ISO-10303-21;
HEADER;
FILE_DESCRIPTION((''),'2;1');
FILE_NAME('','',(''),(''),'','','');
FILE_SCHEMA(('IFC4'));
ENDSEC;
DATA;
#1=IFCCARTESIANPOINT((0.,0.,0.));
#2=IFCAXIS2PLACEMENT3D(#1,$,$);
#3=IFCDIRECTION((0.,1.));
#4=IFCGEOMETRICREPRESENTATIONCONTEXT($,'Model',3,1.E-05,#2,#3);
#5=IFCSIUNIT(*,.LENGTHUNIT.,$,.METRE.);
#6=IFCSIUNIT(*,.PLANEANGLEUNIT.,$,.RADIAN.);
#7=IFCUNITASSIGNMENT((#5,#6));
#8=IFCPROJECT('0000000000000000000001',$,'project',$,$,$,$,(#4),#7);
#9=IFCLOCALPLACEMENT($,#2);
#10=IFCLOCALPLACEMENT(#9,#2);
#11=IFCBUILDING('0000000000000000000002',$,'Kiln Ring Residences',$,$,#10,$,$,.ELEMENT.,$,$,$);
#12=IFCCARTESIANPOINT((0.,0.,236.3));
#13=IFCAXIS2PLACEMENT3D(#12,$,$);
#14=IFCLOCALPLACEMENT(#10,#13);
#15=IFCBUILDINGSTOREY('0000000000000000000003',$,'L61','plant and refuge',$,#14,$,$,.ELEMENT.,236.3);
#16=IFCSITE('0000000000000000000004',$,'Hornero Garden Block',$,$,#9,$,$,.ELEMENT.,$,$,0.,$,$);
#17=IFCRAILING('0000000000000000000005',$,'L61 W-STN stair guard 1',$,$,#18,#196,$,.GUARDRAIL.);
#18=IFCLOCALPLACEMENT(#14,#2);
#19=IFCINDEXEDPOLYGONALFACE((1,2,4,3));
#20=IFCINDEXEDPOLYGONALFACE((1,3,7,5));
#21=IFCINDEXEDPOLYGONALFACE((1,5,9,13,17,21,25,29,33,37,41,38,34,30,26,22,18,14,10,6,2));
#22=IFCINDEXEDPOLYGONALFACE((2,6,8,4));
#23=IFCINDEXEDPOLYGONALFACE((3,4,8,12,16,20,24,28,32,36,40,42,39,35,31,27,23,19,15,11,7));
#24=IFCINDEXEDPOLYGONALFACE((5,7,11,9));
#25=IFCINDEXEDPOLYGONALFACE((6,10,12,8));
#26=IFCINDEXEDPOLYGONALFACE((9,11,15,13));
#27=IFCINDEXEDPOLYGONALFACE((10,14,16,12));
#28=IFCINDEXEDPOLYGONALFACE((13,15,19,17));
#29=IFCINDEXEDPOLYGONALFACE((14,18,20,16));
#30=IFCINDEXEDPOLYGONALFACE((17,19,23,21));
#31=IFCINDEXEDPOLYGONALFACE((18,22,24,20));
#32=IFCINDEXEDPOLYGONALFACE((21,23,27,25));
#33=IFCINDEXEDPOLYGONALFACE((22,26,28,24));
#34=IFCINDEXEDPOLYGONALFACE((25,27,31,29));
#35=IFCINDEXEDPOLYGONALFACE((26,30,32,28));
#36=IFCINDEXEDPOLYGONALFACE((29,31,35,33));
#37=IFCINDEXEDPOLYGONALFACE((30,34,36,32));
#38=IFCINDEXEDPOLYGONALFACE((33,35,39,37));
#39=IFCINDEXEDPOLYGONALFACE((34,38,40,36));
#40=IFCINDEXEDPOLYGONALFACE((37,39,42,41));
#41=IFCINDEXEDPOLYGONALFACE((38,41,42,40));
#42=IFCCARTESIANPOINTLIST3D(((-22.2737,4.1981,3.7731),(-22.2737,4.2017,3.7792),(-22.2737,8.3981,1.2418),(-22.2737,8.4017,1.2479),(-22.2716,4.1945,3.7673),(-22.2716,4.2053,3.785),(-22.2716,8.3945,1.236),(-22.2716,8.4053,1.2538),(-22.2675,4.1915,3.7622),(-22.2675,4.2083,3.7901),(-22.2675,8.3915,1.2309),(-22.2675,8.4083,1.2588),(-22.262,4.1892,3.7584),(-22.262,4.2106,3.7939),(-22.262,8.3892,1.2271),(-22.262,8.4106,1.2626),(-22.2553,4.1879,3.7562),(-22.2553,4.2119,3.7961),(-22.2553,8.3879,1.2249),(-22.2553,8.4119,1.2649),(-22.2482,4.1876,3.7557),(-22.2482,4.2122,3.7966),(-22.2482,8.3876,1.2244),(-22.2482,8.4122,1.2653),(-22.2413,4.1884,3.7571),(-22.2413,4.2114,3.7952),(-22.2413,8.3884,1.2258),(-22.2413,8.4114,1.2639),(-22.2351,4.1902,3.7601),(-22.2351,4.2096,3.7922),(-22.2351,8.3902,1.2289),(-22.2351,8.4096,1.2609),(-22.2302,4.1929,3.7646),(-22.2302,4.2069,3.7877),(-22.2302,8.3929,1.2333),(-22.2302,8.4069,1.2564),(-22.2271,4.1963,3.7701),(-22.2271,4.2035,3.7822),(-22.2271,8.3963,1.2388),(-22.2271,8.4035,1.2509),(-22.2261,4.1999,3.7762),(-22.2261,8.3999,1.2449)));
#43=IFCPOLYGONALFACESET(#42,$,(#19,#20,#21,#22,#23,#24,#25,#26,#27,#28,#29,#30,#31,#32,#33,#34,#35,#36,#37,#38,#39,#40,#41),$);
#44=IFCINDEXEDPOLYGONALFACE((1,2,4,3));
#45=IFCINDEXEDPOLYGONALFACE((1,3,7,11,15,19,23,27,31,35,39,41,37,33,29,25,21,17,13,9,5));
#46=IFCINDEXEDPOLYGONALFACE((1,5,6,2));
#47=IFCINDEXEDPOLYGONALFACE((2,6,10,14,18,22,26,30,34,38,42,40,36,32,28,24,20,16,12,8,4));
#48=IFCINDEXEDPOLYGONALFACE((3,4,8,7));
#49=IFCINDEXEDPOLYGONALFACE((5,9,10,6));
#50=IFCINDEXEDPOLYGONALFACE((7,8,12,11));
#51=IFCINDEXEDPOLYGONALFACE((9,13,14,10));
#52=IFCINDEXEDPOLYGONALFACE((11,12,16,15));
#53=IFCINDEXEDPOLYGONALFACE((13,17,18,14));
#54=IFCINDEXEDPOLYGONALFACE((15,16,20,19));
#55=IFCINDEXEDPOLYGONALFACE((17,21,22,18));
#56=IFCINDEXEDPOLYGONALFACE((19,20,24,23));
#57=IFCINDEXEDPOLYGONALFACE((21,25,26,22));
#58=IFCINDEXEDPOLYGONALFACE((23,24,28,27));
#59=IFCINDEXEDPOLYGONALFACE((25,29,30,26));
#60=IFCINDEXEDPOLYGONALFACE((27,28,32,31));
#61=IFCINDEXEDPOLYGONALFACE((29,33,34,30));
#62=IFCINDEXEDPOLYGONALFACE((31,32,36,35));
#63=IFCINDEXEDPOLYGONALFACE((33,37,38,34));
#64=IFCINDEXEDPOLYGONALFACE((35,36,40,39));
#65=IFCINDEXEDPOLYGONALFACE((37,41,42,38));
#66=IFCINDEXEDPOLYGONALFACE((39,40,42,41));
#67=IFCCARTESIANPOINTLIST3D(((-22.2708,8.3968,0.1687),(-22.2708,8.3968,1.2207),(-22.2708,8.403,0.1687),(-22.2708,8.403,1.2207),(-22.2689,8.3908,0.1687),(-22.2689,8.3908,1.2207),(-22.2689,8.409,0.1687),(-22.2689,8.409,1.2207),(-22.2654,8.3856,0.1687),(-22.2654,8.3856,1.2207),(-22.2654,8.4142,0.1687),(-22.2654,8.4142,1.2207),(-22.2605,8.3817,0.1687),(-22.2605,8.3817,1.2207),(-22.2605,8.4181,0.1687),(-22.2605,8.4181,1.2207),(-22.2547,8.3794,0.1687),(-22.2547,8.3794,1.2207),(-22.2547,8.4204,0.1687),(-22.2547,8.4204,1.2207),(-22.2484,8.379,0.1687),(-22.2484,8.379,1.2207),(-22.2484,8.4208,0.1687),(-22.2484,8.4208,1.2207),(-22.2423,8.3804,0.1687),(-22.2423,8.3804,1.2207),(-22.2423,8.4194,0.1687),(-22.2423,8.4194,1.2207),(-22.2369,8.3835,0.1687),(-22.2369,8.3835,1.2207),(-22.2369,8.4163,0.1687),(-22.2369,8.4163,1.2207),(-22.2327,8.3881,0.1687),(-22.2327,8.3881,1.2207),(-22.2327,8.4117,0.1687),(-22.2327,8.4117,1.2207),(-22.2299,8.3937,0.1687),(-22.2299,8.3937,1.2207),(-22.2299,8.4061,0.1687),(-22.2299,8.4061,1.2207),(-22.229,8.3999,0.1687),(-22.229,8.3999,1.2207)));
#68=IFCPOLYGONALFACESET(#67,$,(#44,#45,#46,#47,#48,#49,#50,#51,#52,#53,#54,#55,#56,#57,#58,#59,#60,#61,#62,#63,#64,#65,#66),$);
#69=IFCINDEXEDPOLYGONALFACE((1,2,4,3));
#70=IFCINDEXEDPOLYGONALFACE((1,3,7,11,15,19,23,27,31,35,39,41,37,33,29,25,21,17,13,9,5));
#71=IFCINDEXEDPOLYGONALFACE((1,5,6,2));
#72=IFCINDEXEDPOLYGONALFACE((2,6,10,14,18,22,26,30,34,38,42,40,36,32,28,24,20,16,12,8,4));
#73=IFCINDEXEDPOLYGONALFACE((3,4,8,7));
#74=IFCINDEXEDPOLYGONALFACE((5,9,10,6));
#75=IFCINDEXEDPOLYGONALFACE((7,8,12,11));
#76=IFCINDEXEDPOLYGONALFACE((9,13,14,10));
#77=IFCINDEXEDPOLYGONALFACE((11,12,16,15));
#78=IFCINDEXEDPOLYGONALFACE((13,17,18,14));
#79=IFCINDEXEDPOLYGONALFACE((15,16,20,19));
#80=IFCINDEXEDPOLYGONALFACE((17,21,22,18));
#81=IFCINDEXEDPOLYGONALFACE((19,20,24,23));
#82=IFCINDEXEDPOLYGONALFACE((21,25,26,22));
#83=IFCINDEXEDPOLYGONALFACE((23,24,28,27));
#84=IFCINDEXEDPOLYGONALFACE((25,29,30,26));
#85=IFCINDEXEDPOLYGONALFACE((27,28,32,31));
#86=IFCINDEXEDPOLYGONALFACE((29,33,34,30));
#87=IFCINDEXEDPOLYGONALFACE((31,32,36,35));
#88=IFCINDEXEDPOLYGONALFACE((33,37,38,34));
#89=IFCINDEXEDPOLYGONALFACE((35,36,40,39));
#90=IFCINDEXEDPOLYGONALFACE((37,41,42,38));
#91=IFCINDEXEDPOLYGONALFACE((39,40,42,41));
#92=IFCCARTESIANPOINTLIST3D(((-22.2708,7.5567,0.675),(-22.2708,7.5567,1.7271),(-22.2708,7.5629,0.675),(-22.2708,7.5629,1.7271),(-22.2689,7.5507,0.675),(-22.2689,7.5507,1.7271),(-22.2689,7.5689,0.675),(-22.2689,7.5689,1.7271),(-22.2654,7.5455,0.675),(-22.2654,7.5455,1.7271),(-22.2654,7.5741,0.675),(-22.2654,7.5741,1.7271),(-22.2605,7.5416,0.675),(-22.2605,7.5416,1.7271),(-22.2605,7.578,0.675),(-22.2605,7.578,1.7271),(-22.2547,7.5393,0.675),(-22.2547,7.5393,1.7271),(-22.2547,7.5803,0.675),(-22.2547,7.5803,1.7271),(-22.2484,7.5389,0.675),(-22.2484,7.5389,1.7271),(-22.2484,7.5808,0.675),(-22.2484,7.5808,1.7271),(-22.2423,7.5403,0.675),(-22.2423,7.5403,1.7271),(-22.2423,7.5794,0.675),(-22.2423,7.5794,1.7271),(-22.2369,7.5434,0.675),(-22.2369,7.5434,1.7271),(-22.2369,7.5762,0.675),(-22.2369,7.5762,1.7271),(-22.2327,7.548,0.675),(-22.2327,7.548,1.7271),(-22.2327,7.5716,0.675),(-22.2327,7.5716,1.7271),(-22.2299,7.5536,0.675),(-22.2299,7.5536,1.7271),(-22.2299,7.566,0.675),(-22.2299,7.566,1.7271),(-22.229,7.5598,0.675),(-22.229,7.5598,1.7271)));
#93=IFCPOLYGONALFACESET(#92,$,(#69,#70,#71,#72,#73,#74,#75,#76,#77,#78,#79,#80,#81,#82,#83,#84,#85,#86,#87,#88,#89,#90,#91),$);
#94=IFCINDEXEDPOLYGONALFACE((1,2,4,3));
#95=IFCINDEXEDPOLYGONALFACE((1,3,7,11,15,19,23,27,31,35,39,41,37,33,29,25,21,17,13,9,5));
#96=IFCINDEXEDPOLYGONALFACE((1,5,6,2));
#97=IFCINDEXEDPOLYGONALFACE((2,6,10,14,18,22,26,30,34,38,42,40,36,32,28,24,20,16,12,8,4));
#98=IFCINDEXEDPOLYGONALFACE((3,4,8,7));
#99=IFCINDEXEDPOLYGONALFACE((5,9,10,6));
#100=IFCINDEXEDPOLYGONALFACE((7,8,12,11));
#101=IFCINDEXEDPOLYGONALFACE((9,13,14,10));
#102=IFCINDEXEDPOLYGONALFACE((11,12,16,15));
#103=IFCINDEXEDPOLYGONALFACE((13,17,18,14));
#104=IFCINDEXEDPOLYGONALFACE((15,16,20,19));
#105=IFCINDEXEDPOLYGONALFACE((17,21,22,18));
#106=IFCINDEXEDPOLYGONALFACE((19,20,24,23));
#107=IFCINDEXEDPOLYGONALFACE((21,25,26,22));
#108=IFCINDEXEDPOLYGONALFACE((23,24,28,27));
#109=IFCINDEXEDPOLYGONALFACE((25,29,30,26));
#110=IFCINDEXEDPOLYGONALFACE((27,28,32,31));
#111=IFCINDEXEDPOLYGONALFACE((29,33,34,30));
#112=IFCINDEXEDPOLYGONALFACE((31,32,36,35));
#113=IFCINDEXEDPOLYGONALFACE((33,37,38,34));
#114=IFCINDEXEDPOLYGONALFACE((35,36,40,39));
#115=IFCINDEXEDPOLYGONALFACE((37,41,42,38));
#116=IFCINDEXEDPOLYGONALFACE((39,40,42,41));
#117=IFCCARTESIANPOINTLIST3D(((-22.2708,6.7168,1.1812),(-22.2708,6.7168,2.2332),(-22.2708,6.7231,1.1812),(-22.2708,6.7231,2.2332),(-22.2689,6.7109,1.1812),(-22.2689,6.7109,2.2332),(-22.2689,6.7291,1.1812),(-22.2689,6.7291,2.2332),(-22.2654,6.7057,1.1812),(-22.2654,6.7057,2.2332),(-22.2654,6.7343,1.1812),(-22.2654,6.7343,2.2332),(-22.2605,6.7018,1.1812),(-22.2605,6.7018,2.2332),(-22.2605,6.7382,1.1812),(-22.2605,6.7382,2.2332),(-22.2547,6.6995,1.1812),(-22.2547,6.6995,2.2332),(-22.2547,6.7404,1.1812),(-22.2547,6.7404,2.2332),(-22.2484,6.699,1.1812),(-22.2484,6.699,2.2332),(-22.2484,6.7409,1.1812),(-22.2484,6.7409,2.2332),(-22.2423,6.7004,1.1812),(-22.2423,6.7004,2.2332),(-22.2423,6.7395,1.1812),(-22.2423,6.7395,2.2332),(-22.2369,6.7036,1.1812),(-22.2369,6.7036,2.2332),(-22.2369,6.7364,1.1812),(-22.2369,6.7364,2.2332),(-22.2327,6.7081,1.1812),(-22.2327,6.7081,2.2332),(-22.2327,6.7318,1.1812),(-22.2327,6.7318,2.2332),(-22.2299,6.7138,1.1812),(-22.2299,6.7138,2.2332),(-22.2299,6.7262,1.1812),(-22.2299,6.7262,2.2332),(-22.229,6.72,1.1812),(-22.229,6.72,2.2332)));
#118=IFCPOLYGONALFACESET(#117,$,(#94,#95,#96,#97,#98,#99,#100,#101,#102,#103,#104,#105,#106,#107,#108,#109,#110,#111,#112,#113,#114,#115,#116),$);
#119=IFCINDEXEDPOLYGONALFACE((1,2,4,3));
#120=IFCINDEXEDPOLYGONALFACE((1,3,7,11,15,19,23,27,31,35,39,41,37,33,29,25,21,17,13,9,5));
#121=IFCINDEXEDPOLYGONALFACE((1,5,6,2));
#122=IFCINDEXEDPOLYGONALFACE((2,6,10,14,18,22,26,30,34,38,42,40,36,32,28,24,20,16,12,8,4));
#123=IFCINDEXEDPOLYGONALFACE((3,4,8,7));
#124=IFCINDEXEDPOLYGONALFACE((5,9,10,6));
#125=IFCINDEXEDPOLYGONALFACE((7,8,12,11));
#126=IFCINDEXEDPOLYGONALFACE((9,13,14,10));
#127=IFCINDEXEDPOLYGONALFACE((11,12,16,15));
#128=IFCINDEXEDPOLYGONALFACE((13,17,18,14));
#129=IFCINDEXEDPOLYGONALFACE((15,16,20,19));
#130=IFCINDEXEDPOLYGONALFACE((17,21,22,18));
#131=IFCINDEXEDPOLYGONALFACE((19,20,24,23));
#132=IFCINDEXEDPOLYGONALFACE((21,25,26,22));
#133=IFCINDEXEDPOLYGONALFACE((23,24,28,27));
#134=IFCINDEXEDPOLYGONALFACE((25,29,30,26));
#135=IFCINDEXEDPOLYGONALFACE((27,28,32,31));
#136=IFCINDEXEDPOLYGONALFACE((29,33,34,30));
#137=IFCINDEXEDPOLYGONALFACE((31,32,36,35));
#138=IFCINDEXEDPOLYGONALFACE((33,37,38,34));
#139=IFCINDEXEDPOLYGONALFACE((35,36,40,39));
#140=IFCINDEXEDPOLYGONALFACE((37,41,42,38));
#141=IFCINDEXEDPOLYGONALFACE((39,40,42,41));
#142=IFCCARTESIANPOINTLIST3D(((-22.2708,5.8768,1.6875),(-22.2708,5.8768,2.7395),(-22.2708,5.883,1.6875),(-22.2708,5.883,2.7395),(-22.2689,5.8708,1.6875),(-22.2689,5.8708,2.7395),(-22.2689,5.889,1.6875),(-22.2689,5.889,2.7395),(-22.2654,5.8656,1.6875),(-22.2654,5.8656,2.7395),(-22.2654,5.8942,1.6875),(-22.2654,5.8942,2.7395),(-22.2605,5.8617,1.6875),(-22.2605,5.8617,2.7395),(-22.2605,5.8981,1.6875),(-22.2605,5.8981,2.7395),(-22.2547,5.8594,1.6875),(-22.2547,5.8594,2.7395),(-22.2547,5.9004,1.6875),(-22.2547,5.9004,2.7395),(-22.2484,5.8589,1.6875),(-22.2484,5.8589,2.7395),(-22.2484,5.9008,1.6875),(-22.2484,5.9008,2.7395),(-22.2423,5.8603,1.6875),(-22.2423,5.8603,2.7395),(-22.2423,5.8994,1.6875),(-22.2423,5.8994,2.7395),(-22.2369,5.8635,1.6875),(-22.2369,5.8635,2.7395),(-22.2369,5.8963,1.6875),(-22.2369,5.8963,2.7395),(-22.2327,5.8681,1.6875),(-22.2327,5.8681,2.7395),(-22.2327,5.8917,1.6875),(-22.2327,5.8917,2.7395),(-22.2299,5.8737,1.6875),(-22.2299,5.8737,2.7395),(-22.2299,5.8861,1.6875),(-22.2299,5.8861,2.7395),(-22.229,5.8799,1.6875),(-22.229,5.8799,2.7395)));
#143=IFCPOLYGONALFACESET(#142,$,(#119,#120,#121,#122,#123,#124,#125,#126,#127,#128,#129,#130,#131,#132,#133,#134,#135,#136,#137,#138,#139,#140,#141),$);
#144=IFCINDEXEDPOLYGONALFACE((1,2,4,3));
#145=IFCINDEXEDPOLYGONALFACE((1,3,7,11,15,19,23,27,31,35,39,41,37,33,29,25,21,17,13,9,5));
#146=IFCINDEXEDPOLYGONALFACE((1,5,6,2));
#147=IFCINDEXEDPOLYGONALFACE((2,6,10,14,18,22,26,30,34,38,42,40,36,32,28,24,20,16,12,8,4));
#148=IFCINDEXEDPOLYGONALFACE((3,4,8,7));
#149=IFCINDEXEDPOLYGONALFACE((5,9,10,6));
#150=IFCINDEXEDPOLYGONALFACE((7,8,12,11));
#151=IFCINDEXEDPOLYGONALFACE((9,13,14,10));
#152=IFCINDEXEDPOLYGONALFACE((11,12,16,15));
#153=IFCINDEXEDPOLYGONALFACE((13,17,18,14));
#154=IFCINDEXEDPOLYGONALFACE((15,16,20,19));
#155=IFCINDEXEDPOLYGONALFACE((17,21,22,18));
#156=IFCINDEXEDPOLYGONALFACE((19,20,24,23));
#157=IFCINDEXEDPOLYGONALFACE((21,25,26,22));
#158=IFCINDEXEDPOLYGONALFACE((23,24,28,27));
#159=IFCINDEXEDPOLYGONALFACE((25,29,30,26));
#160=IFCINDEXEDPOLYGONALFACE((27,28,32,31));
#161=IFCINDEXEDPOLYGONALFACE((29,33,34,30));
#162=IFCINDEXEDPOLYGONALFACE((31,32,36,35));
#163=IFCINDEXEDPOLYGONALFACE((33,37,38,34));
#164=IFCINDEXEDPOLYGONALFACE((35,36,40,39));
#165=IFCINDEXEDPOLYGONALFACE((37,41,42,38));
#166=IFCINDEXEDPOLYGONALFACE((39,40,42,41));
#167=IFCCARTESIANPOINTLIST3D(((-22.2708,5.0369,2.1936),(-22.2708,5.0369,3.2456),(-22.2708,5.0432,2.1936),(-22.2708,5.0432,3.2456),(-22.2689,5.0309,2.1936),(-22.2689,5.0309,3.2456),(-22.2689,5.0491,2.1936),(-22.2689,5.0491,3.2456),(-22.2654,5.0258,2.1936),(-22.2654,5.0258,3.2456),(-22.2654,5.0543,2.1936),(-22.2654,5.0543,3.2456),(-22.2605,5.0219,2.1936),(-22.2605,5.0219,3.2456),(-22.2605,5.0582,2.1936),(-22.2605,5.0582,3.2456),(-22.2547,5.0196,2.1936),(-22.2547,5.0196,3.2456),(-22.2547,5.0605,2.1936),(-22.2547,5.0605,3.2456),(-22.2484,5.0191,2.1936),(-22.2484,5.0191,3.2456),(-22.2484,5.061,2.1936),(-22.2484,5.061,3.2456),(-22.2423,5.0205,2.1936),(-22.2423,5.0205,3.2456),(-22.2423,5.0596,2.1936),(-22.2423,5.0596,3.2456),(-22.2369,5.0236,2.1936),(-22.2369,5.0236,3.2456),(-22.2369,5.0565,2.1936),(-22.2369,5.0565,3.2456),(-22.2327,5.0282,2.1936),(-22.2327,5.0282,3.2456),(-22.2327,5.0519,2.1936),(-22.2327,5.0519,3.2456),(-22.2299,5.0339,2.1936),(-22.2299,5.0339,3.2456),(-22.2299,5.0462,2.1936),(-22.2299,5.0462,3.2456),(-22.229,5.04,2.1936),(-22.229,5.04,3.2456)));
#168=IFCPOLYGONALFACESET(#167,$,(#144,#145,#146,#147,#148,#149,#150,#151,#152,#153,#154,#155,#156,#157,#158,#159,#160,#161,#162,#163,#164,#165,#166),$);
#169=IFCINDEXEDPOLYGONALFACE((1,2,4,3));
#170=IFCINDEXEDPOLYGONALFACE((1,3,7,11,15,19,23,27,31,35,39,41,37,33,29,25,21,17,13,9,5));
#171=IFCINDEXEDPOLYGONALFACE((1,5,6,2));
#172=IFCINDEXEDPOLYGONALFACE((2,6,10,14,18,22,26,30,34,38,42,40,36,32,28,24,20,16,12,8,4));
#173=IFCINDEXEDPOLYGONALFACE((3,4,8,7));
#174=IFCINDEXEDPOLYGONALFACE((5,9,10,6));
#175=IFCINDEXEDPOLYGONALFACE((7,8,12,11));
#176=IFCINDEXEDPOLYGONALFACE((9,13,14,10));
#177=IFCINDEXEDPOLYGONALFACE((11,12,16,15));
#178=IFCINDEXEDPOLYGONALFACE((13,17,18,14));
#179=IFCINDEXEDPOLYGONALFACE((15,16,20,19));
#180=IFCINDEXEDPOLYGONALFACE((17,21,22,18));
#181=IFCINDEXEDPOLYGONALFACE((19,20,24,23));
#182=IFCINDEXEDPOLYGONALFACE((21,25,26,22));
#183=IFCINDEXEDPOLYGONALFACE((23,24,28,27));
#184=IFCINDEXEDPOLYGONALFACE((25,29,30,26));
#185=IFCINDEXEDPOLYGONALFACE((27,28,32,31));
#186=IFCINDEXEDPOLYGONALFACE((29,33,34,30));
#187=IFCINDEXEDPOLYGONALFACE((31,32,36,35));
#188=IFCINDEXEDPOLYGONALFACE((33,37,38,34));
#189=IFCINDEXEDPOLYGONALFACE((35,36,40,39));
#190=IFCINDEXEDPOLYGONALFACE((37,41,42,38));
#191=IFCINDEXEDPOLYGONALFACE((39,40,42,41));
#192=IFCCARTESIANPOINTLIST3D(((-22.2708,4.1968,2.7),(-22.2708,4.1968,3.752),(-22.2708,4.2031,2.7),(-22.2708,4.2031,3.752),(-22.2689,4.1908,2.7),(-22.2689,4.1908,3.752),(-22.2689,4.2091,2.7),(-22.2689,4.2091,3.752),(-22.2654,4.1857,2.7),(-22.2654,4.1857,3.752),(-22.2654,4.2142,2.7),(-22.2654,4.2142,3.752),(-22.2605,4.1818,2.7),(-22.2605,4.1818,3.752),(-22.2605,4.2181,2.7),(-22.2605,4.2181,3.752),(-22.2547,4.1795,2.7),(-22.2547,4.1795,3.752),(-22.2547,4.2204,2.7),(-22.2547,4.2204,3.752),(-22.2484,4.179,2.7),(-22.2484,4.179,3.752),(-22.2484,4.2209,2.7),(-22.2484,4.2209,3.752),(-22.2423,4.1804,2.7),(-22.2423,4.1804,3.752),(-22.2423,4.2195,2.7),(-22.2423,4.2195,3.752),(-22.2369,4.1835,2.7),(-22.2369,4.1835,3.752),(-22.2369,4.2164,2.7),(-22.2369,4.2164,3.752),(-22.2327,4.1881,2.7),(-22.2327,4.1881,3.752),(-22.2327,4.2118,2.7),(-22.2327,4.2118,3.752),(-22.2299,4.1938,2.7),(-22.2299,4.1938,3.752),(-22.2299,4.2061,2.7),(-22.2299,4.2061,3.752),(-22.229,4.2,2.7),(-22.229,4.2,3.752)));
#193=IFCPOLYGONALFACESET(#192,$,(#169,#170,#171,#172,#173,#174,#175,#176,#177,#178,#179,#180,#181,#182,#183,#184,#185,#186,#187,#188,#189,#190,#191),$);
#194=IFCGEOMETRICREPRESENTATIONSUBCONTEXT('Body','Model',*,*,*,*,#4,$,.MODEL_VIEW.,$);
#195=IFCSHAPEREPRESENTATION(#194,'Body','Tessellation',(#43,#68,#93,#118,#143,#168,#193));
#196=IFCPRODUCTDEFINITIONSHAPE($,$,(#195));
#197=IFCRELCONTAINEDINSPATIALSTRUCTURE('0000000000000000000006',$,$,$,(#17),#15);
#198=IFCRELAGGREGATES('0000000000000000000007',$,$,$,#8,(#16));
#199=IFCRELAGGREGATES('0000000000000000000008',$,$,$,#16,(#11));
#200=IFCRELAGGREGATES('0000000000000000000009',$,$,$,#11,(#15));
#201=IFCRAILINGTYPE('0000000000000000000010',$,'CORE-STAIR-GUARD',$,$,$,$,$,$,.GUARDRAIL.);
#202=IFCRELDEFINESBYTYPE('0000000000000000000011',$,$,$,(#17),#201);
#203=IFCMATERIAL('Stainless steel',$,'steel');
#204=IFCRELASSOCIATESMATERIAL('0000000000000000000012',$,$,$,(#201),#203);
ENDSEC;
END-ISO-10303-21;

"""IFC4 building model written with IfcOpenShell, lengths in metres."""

from ifc_helpers import new_model, si_unit, direction, frame, origin, origin_2d, place, context, subcontext, project, spatial, circle, extrude, material, type_object, element, save


model = new_model("IFC4")

# Units and contexts
model_context = context("Model", 3, precision=1e-05, world=origin(), true_north=direction((0.0, 1.0)))
body_context = subcontext(model_context, "Body", "Model", "MODEL_VIEW")
ifc_project = project(units=[si_unit("LENGTHUNIT", "METRE"), si_unit("PLANEANGLEUNIT", "RADIAN")], contexts=[model_context])

# Site, building, storey
site_placement = place(None, origin())
site = spatial("IfcSite", under=ifc_project, at=site_placement, Name="Hornero Garden Block", CompositionType="ELEMENT", RefElevation=0.0)
building_placement = place(site_placement, origin())
building = spatial("IfcBuilding", under=site, at=building_placement, Name="Kiln Ring Residences", CompositionType="ELEMENT")
storey_placement = place(building_placement, frame((0.0, 0.0, 236.3)))
storey = spatial("IfcBuildingStorey", under=building, at=storey_placement, Name="L61", Description="plant and refuge", CompositionType="ELEMENT", Elevation=236.3)

# Railing
ifc_material_1 = material(Name="Stainless steel", Category="steel")
railing_type_1 = type_object("IfcRailingType", Name="CORE-STAIR-GUARD", PredefinedType="GUARDRAIL", material=ifc_material_1)
railing_1_placement = place(storey_placement, frame((-22.25, 8.3999, 0.1687)))
element("IfcRailing", 1, at=railing_1_placement, inside=storey, type_object=railing_type_1, Name="L61 W-STN stair guard 1", PredefinedType="GUARDRAIL", context=body_context, shape_type="SweptSolid", body=[
    extrude(circle(Radius=0.0239, at=origin_2d()), frame((0.0, 0.0, 1.0762), z_axis=(0.0, -0.856476, 0.516186), x_axis=(1.0, 0.0, 0.0)), (0.0, 0.0, 1.0), 4.9038),
    extrude(circle(Radius=0.021, at=origin_2d()), origin(), (0.0, 0.0, 1.0), 1.052),
    extrude(circle(Radius=0.021, at=origin_2d()), frame((0.0, -0.8401, 0.5063)), (0.0, 0.0, 1.0), 1.052),
    extrude(circle(Radius=0.021, at=origin_2d()), frame((0.0, -1.6799, 1.0125)), (0.0, 0.0, 1.0), 1.052),
    extrude(circle(Radius=0.021, at=origin_2d()), frame((0.0, -2.52, 1.5188)), (0.0, 0.0, 1.0), 1.052),
    extrude(circle(Radius=0.021, at=origin_2d()), frame((0.0, -3.3599, 2.0249)), (0.0, 0.0, 1.0), 1.052),
    extrude(circle(Radius=0.021, at=origin_2d()), frame((0.0, -4.2, 2.5312)), (0.0, 0.0, 1.0), 1.052),
])

save(model, "model.ifc")
